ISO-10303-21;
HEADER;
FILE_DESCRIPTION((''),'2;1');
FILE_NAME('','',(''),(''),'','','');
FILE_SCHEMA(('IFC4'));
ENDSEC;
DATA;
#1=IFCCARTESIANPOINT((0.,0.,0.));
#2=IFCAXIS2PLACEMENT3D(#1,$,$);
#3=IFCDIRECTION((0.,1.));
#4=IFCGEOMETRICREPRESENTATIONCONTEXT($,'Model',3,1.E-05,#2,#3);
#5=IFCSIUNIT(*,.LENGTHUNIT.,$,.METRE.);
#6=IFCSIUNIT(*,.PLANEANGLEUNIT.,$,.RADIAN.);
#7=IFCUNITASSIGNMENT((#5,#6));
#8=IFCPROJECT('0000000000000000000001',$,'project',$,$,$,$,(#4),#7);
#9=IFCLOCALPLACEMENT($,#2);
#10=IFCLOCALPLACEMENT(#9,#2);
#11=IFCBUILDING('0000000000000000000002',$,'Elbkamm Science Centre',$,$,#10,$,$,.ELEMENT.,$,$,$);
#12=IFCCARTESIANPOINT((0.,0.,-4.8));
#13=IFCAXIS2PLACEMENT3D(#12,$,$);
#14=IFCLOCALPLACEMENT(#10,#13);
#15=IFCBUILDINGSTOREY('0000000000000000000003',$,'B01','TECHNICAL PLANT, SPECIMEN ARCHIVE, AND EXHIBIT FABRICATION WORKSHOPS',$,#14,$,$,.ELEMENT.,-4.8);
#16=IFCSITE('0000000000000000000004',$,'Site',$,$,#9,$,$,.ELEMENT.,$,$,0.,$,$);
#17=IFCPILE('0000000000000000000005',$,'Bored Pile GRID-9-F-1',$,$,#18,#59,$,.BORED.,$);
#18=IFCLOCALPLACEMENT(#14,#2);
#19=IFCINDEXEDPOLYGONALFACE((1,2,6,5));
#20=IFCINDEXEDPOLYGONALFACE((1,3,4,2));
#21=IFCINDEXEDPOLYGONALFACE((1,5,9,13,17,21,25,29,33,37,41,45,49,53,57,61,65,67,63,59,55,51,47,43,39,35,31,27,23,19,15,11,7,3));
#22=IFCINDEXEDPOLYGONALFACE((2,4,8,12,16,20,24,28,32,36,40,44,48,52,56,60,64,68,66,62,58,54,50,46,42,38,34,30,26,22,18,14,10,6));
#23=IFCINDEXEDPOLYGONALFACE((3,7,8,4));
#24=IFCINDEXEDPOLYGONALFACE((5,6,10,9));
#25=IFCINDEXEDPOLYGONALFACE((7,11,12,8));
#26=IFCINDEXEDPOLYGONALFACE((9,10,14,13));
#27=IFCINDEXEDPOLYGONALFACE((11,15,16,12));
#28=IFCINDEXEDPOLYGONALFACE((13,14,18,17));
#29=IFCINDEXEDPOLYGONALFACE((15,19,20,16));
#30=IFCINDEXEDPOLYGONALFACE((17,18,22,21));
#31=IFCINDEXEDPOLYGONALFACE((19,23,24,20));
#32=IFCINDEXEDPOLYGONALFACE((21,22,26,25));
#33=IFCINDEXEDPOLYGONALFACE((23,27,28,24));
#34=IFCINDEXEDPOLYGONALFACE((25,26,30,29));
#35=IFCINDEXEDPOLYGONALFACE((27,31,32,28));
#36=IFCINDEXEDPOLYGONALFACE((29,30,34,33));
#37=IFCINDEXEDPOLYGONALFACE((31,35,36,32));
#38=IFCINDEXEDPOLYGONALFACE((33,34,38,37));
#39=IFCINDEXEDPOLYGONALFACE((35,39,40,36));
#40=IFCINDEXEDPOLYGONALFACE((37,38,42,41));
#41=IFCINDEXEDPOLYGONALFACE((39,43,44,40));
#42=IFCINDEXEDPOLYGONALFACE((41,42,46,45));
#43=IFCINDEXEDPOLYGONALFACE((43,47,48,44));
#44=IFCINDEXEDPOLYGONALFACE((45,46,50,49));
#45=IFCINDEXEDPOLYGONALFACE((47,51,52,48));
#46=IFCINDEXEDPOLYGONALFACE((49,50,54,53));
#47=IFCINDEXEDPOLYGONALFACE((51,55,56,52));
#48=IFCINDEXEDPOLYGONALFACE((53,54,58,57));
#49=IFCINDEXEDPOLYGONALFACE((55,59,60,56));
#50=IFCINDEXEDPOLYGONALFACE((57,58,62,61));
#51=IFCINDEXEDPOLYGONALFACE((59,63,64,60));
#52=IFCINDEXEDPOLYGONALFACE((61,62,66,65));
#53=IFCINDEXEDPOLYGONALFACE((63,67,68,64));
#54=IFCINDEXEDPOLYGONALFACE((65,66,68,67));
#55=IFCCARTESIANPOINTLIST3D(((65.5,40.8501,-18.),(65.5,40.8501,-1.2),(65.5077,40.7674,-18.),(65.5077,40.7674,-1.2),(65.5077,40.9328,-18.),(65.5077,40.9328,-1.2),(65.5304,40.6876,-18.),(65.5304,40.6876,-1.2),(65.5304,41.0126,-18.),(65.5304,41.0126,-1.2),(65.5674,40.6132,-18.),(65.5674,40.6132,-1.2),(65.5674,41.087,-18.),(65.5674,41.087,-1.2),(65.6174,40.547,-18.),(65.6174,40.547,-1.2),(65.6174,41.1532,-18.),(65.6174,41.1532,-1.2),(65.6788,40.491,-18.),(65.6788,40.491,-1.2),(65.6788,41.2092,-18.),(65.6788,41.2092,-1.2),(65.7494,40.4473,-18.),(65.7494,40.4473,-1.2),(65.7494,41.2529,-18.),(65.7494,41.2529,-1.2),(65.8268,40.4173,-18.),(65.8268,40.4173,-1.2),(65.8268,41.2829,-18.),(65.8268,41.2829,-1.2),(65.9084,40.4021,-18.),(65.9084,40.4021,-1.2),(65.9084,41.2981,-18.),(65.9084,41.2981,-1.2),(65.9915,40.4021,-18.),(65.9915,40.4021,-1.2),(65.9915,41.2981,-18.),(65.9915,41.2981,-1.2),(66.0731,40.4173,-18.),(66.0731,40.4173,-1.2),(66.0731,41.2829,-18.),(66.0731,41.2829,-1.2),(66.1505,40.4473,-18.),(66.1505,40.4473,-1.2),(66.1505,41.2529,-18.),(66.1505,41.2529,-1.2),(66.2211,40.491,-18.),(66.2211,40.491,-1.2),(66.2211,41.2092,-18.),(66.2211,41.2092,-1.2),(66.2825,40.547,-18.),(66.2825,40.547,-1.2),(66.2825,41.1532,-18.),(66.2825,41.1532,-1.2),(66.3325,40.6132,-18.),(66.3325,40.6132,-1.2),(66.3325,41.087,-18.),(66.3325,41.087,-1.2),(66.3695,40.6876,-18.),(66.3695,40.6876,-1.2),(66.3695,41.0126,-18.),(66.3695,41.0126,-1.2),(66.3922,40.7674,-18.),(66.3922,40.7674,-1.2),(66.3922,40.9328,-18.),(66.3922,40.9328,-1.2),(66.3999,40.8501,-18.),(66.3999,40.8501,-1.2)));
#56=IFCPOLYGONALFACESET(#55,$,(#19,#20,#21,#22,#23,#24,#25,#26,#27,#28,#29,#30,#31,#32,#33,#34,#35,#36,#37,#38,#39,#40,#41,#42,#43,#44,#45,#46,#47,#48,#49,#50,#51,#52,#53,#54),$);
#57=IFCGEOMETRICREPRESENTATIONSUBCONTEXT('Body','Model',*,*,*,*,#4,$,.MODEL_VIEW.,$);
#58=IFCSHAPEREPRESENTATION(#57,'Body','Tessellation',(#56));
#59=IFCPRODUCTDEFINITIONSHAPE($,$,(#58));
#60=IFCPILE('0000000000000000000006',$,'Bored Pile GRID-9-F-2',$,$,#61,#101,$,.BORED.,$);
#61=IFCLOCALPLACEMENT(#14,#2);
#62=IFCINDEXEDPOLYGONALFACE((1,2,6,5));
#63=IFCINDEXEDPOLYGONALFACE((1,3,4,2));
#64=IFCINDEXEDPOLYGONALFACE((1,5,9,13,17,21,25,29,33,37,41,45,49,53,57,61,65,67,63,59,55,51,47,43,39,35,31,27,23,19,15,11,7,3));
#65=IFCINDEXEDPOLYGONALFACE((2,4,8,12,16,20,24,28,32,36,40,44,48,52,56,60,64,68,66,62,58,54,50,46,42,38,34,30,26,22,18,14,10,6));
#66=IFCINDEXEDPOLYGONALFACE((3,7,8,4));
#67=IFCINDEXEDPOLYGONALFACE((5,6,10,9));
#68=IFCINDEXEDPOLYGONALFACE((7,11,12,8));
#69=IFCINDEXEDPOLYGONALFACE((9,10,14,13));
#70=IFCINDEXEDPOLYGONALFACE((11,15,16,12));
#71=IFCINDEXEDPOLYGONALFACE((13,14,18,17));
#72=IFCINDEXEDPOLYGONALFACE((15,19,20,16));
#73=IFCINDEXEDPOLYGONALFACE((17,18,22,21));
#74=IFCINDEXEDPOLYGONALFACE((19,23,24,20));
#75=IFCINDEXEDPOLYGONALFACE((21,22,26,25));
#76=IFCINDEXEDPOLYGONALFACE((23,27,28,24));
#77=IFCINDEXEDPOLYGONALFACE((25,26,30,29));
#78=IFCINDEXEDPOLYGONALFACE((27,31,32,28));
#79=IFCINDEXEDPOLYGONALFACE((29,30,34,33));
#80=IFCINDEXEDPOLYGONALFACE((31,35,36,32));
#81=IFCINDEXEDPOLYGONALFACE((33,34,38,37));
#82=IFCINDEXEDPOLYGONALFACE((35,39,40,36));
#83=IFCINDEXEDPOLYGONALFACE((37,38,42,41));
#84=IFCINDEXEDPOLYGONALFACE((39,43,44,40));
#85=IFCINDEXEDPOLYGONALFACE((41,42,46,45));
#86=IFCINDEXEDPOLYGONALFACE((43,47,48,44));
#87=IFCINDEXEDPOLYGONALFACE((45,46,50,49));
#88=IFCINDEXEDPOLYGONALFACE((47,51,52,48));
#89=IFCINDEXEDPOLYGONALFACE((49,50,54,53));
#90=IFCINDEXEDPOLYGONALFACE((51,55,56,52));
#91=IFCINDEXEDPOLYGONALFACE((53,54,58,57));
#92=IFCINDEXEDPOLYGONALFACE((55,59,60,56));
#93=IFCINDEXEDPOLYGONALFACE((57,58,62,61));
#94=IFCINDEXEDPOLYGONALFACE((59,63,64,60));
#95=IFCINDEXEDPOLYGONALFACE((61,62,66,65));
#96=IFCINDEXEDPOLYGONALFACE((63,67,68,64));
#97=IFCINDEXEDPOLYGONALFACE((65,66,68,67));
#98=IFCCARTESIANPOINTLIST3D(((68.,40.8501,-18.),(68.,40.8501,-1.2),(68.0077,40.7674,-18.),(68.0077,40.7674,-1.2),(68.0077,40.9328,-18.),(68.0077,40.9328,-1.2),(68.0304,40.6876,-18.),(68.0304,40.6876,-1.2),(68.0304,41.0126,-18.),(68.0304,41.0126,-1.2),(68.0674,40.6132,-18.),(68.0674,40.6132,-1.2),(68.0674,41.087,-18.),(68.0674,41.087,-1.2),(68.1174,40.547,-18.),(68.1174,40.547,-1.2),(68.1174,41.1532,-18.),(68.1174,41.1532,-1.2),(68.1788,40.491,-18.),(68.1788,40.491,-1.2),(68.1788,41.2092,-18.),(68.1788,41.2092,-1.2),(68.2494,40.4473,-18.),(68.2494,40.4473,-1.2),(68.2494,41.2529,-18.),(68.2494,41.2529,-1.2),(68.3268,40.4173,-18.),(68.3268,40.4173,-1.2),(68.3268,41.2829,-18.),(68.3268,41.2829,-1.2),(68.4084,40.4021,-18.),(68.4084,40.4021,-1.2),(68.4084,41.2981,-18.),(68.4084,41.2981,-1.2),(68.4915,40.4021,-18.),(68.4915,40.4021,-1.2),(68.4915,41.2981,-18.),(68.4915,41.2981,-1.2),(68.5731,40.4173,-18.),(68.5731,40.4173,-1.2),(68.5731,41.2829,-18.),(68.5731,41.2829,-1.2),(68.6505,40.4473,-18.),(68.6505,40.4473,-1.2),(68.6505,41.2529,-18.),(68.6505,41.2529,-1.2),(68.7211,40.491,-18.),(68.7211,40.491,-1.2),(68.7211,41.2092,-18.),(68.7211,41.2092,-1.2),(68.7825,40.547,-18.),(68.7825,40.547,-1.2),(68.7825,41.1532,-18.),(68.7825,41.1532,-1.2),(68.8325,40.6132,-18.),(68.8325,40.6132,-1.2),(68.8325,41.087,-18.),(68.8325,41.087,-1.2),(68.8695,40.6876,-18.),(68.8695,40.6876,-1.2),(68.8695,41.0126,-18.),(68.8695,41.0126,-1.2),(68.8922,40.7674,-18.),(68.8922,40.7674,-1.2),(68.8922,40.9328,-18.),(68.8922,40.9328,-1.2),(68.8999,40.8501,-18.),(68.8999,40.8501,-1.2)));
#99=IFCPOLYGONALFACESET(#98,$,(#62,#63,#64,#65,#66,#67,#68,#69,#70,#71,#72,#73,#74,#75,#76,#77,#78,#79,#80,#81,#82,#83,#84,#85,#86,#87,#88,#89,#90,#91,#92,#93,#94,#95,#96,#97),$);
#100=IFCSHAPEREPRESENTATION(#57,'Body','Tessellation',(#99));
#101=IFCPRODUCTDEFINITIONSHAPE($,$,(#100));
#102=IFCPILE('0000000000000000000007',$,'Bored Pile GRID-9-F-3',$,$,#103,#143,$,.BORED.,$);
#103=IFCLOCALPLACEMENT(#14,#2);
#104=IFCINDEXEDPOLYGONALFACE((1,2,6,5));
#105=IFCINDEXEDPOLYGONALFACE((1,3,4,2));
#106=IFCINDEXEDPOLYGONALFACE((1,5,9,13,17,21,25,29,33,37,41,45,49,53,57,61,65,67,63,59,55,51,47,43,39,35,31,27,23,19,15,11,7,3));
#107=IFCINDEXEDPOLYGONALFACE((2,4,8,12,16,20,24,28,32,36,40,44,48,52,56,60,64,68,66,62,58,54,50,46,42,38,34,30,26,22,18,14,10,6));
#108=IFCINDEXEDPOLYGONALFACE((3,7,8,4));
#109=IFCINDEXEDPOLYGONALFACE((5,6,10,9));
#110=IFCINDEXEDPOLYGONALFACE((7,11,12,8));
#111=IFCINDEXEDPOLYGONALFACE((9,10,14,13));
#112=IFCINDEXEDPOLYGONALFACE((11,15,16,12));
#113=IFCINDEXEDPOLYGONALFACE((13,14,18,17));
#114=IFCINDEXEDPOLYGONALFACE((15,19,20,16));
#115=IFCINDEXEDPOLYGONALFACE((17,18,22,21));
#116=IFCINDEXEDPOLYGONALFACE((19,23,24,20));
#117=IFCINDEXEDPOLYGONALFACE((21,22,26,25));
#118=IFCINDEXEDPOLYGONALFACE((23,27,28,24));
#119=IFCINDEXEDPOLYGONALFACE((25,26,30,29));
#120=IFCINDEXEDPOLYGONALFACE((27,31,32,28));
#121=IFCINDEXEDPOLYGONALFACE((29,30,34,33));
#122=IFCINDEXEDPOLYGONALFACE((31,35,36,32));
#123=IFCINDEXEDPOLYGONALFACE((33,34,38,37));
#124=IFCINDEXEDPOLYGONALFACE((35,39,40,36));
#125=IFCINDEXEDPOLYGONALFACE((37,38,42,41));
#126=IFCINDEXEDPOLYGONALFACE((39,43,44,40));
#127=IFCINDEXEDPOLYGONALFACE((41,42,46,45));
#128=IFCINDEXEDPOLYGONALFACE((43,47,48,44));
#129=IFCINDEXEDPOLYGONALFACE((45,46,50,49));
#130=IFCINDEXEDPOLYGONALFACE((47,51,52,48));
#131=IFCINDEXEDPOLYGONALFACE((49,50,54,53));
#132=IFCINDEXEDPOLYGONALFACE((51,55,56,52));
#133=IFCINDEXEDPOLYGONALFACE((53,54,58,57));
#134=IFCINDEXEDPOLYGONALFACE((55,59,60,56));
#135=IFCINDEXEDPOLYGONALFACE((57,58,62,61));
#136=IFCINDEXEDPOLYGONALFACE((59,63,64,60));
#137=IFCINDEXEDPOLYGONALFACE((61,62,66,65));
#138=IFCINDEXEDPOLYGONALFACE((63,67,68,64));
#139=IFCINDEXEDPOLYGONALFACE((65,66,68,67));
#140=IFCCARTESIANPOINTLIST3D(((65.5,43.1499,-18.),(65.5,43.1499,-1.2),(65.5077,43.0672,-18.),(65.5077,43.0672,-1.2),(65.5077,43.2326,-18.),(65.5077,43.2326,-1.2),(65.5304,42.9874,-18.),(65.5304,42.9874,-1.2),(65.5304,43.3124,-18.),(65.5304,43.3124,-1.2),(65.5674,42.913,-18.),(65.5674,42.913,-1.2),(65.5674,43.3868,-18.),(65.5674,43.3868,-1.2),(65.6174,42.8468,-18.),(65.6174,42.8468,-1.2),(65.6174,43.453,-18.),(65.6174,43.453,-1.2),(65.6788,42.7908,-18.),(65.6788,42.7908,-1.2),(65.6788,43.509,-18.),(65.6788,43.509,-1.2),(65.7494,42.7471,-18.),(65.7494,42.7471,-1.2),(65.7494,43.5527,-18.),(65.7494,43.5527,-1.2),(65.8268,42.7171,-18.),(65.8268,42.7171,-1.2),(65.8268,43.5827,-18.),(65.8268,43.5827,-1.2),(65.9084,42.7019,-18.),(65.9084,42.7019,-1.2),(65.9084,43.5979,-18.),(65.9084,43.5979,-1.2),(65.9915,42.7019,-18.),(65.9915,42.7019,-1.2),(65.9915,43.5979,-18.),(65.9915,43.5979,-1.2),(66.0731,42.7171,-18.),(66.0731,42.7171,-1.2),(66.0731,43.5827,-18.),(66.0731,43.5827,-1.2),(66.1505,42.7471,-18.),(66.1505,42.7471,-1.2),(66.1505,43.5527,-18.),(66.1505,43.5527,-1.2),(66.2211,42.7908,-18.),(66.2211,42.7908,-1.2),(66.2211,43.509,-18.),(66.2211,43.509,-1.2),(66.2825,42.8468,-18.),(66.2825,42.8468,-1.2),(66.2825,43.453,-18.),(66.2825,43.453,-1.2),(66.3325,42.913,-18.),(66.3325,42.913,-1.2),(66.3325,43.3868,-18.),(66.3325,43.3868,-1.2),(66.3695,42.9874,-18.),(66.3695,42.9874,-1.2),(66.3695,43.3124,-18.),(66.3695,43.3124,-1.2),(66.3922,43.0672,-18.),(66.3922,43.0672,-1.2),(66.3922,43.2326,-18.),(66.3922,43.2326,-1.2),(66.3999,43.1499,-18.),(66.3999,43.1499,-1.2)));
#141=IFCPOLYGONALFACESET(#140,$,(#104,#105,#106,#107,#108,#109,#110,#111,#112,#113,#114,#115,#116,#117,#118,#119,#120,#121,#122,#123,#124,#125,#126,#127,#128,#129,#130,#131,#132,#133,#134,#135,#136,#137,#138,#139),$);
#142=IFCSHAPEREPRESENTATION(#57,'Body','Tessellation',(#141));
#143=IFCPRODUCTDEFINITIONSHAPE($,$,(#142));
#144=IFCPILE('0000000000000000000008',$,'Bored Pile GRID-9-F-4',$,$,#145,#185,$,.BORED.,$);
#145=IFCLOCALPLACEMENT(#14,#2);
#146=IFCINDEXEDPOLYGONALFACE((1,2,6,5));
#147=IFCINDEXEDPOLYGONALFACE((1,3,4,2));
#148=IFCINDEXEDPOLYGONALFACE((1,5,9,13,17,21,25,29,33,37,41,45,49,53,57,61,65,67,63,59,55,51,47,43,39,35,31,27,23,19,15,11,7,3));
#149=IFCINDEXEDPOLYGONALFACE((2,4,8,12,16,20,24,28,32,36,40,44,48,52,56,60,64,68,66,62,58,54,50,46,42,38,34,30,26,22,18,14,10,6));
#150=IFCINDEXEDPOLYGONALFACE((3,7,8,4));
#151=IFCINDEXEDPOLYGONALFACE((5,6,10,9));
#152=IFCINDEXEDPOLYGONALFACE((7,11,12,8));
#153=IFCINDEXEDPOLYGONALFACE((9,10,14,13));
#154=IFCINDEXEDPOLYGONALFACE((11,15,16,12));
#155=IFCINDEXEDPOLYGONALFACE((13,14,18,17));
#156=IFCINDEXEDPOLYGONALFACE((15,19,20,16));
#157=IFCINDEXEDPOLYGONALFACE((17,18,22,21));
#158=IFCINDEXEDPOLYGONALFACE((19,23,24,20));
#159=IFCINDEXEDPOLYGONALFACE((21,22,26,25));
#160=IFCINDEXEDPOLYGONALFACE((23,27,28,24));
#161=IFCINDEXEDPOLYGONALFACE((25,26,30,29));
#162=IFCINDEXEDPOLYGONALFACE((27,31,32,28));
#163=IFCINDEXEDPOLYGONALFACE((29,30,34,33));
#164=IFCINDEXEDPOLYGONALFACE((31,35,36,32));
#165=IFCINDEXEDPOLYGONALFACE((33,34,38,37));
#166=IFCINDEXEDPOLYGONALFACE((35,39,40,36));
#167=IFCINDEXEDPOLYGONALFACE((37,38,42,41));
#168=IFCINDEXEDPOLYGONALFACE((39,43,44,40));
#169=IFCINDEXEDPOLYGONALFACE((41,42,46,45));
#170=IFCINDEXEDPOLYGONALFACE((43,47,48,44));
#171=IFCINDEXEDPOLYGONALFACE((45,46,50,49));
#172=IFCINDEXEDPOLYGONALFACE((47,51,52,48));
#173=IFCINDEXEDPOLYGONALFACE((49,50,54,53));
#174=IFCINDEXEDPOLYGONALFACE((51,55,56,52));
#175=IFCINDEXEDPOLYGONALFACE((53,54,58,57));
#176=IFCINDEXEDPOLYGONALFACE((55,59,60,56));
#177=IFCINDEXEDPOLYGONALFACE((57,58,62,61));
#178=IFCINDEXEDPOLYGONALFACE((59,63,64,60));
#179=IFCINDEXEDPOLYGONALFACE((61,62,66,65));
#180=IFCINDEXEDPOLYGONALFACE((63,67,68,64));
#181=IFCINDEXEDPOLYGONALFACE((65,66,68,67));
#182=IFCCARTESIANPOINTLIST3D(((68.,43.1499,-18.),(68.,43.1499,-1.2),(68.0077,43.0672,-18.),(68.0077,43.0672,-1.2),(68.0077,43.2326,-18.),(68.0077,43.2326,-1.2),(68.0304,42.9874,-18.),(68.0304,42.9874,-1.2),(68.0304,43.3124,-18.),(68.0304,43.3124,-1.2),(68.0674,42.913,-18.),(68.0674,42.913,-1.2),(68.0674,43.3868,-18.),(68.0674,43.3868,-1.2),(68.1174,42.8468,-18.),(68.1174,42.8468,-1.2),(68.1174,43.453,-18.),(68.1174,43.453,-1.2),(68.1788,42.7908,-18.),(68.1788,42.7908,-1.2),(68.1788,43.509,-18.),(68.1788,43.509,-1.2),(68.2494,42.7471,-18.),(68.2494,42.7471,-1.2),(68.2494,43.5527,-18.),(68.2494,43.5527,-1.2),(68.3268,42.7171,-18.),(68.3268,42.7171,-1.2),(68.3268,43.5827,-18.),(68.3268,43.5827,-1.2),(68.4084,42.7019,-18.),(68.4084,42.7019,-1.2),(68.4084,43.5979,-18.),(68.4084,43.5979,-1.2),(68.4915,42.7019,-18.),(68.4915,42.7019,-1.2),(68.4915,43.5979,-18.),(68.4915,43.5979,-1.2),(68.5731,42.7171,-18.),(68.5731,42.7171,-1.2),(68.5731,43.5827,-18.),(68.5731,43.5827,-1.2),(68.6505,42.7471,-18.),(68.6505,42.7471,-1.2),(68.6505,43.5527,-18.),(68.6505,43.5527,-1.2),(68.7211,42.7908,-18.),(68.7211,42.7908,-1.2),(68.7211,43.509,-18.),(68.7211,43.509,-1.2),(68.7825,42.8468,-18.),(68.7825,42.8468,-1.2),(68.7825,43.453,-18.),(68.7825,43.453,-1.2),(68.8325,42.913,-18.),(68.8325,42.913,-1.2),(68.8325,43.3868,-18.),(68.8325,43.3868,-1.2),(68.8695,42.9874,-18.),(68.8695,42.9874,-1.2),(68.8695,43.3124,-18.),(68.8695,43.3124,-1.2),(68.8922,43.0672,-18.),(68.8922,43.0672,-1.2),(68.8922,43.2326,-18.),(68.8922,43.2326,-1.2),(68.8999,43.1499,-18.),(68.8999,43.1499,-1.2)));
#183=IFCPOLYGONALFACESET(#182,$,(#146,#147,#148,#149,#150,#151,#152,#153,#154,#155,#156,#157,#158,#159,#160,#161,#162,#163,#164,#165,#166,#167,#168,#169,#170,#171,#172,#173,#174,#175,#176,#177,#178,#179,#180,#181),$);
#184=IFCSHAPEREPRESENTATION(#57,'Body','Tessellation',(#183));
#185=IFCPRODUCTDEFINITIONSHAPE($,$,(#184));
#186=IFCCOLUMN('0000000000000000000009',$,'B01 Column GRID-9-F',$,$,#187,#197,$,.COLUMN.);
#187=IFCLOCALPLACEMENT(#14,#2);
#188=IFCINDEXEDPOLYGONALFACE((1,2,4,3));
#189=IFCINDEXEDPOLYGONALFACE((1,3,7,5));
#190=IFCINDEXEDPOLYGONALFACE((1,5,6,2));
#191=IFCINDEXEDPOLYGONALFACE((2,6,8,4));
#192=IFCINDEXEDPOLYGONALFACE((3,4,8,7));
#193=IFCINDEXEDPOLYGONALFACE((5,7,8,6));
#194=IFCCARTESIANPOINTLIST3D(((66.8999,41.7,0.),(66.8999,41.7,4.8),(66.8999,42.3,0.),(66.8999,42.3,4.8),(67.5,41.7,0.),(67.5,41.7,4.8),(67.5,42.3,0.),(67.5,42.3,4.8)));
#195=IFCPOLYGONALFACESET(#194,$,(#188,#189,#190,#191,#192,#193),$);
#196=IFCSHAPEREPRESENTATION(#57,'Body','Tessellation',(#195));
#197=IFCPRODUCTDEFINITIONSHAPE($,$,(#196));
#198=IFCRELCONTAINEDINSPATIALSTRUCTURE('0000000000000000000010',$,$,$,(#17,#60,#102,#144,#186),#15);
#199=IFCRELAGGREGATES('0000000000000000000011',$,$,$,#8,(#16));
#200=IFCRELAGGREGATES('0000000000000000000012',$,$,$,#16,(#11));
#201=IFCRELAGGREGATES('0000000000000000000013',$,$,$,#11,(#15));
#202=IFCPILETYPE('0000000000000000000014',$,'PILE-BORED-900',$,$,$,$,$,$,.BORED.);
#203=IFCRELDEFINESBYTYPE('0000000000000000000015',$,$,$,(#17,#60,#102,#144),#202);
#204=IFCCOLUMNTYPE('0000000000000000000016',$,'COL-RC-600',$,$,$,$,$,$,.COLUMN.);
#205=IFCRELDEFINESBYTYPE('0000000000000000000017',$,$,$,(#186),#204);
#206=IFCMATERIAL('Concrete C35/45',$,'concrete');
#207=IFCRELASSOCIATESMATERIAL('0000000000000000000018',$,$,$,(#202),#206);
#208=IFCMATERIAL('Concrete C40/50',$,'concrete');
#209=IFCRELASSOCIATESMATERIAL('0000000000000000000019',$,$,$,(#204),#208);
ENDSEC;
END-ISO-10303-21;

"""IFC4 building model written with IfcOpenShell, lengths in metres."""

from ifc_helpers import new_model, si_unit, direction, frame, origin, origin_2d, place, context, subcontext, project, spatial, rectangle, circle, extrude, material, material_profile, profile_set, type_object, element, save


model = new_model("IFC4")

# Units and contexts
model_context = context("Model", 3, precision=1e-05, world=origin(), true_north=direction((0.0, 1.0)))
body_context = subcontext(model_context, "Body", "Model", "MODEL_VIEW")
ifc_project = project(units=[si_unit("LENGTHUNIT", "METRE"), si_unit("PLANEANGLEUNIT", "RADIAN")], contexts=[model_context])

# Site, building, storey
site_placement = place(None, origin())
site = spatial("IfcSite", under=ifc_project, at=site_placement, Name="Site", CompositionType="ELEMENT", RefElevation=0.0)
building_placement = place(site_placement, origin())
building = spatial("IfcBuilding", under=site, at=building_placement, Name="Elbkamm Science Centre", CompositionType="ELEMENT")
storey_placement = place(building_placement, frame((0.0, 0.0, -4.8)))
storey = spatial("IfcBuildingStorey", under=building, at=storey_placement, Name="B01", Description="TECHNICAL PLANT, SPECIMEN ARCHIVE, AND EXHIBIT FABRICATION WORKSHOPS", CompositionType="ELEMENT", Elevation=-4.8)

# Shared definitions
ifc_material_1 = material(Name="Concrete C35/45", Category="concrete")

# Piles
ifc_material_profile_1 = material_profile(ifc_material_1, circle(Radius=0.45, at=origin_2d()), Name="PILE D900")
ifc_profile_set_1 = profile_set([ifc_material_profile_1], Name="Concrete C35/45")
pile_type = type_object("IfcPileType", Name="PILE-BORED-900", PredefinedType="BORED", material=ifc_profile_set_1)
for number, where, z_axis, x_axis, name in (
    (1, (65.95, 40.8501, -1.2), (0.0, 0.0, -1.0), (1.0, 0.0, 0.0), "Bored Pile GRID-9-F-1"),
    (2, (68.45, 40.8501, -1.2), (0.0, 0.0, -1.0), (1.0, 0.0, 0.0), "Bored Pile GRID-9-F-2"),
    (3, (65.95, 43.1499, -1.2), (0.0, 0.0, -1.0), (1.0, 0.0, 0.0), "Bored Pile GRID-9-F-3"),
    (4, (68.45, 43.1499, -1.2), (0.0, 0.0, -1.0), (1.0, 0.0, 0.0), "Bored Pile GRID-9-F-4"),
):
    element("IfcPile", number, at=place(storey_placement, frame(where, z_axis=z_axis, x_axis=x_axis)), inside=storey, type_object=pile_type, Name=name, PredefinedType="BORED", context=body_context, shape_type="SweptSolid", body=[
        extrude(circle(Radius=0.45, at=origin_2d()), origin(), (0.0, 0.0, 1.0), 16.8),
    ])

# Column
ifc_material_2 = material(Name="Concrete C40/50", Category="concrete")
ifc_material_profile_2 = material_profile(ifc_material_2, rectangle(XDim=0.6001, YDim=0.6001, at=origin_2d()), Name="RC 600x600")
ifc_profile_set_2 = profile_set([ifc_material_profile_2], Name="Concrete C40/50")
column_type_1 = type_object("IfcColumnType", Name="COL-RC-600", PredefinedType="COLUMN", material=ifc_profile_set_2)
column_placement = place(storey_placement, frame((67.2, 42.0, 0.0), z_axis=(0.0, 0.0, 1.0), x_axis=(1.0, 0.0, 0.0)))
element("IfcColumn", 5, at=column_placement, inside=storey, type_object=column_type_1, Name="B01 Column GRID-9-F", PredefinedType="COLUMN", context=body_context, shape_type="SweptSolid", body=[
    extrude(rectangle(XDim=0.6001, YDim=0.6001, at=origin_2d()), origin(), (0.0, 0.0, 1.0), 4.8),
])

save(model, "model.ifc")
